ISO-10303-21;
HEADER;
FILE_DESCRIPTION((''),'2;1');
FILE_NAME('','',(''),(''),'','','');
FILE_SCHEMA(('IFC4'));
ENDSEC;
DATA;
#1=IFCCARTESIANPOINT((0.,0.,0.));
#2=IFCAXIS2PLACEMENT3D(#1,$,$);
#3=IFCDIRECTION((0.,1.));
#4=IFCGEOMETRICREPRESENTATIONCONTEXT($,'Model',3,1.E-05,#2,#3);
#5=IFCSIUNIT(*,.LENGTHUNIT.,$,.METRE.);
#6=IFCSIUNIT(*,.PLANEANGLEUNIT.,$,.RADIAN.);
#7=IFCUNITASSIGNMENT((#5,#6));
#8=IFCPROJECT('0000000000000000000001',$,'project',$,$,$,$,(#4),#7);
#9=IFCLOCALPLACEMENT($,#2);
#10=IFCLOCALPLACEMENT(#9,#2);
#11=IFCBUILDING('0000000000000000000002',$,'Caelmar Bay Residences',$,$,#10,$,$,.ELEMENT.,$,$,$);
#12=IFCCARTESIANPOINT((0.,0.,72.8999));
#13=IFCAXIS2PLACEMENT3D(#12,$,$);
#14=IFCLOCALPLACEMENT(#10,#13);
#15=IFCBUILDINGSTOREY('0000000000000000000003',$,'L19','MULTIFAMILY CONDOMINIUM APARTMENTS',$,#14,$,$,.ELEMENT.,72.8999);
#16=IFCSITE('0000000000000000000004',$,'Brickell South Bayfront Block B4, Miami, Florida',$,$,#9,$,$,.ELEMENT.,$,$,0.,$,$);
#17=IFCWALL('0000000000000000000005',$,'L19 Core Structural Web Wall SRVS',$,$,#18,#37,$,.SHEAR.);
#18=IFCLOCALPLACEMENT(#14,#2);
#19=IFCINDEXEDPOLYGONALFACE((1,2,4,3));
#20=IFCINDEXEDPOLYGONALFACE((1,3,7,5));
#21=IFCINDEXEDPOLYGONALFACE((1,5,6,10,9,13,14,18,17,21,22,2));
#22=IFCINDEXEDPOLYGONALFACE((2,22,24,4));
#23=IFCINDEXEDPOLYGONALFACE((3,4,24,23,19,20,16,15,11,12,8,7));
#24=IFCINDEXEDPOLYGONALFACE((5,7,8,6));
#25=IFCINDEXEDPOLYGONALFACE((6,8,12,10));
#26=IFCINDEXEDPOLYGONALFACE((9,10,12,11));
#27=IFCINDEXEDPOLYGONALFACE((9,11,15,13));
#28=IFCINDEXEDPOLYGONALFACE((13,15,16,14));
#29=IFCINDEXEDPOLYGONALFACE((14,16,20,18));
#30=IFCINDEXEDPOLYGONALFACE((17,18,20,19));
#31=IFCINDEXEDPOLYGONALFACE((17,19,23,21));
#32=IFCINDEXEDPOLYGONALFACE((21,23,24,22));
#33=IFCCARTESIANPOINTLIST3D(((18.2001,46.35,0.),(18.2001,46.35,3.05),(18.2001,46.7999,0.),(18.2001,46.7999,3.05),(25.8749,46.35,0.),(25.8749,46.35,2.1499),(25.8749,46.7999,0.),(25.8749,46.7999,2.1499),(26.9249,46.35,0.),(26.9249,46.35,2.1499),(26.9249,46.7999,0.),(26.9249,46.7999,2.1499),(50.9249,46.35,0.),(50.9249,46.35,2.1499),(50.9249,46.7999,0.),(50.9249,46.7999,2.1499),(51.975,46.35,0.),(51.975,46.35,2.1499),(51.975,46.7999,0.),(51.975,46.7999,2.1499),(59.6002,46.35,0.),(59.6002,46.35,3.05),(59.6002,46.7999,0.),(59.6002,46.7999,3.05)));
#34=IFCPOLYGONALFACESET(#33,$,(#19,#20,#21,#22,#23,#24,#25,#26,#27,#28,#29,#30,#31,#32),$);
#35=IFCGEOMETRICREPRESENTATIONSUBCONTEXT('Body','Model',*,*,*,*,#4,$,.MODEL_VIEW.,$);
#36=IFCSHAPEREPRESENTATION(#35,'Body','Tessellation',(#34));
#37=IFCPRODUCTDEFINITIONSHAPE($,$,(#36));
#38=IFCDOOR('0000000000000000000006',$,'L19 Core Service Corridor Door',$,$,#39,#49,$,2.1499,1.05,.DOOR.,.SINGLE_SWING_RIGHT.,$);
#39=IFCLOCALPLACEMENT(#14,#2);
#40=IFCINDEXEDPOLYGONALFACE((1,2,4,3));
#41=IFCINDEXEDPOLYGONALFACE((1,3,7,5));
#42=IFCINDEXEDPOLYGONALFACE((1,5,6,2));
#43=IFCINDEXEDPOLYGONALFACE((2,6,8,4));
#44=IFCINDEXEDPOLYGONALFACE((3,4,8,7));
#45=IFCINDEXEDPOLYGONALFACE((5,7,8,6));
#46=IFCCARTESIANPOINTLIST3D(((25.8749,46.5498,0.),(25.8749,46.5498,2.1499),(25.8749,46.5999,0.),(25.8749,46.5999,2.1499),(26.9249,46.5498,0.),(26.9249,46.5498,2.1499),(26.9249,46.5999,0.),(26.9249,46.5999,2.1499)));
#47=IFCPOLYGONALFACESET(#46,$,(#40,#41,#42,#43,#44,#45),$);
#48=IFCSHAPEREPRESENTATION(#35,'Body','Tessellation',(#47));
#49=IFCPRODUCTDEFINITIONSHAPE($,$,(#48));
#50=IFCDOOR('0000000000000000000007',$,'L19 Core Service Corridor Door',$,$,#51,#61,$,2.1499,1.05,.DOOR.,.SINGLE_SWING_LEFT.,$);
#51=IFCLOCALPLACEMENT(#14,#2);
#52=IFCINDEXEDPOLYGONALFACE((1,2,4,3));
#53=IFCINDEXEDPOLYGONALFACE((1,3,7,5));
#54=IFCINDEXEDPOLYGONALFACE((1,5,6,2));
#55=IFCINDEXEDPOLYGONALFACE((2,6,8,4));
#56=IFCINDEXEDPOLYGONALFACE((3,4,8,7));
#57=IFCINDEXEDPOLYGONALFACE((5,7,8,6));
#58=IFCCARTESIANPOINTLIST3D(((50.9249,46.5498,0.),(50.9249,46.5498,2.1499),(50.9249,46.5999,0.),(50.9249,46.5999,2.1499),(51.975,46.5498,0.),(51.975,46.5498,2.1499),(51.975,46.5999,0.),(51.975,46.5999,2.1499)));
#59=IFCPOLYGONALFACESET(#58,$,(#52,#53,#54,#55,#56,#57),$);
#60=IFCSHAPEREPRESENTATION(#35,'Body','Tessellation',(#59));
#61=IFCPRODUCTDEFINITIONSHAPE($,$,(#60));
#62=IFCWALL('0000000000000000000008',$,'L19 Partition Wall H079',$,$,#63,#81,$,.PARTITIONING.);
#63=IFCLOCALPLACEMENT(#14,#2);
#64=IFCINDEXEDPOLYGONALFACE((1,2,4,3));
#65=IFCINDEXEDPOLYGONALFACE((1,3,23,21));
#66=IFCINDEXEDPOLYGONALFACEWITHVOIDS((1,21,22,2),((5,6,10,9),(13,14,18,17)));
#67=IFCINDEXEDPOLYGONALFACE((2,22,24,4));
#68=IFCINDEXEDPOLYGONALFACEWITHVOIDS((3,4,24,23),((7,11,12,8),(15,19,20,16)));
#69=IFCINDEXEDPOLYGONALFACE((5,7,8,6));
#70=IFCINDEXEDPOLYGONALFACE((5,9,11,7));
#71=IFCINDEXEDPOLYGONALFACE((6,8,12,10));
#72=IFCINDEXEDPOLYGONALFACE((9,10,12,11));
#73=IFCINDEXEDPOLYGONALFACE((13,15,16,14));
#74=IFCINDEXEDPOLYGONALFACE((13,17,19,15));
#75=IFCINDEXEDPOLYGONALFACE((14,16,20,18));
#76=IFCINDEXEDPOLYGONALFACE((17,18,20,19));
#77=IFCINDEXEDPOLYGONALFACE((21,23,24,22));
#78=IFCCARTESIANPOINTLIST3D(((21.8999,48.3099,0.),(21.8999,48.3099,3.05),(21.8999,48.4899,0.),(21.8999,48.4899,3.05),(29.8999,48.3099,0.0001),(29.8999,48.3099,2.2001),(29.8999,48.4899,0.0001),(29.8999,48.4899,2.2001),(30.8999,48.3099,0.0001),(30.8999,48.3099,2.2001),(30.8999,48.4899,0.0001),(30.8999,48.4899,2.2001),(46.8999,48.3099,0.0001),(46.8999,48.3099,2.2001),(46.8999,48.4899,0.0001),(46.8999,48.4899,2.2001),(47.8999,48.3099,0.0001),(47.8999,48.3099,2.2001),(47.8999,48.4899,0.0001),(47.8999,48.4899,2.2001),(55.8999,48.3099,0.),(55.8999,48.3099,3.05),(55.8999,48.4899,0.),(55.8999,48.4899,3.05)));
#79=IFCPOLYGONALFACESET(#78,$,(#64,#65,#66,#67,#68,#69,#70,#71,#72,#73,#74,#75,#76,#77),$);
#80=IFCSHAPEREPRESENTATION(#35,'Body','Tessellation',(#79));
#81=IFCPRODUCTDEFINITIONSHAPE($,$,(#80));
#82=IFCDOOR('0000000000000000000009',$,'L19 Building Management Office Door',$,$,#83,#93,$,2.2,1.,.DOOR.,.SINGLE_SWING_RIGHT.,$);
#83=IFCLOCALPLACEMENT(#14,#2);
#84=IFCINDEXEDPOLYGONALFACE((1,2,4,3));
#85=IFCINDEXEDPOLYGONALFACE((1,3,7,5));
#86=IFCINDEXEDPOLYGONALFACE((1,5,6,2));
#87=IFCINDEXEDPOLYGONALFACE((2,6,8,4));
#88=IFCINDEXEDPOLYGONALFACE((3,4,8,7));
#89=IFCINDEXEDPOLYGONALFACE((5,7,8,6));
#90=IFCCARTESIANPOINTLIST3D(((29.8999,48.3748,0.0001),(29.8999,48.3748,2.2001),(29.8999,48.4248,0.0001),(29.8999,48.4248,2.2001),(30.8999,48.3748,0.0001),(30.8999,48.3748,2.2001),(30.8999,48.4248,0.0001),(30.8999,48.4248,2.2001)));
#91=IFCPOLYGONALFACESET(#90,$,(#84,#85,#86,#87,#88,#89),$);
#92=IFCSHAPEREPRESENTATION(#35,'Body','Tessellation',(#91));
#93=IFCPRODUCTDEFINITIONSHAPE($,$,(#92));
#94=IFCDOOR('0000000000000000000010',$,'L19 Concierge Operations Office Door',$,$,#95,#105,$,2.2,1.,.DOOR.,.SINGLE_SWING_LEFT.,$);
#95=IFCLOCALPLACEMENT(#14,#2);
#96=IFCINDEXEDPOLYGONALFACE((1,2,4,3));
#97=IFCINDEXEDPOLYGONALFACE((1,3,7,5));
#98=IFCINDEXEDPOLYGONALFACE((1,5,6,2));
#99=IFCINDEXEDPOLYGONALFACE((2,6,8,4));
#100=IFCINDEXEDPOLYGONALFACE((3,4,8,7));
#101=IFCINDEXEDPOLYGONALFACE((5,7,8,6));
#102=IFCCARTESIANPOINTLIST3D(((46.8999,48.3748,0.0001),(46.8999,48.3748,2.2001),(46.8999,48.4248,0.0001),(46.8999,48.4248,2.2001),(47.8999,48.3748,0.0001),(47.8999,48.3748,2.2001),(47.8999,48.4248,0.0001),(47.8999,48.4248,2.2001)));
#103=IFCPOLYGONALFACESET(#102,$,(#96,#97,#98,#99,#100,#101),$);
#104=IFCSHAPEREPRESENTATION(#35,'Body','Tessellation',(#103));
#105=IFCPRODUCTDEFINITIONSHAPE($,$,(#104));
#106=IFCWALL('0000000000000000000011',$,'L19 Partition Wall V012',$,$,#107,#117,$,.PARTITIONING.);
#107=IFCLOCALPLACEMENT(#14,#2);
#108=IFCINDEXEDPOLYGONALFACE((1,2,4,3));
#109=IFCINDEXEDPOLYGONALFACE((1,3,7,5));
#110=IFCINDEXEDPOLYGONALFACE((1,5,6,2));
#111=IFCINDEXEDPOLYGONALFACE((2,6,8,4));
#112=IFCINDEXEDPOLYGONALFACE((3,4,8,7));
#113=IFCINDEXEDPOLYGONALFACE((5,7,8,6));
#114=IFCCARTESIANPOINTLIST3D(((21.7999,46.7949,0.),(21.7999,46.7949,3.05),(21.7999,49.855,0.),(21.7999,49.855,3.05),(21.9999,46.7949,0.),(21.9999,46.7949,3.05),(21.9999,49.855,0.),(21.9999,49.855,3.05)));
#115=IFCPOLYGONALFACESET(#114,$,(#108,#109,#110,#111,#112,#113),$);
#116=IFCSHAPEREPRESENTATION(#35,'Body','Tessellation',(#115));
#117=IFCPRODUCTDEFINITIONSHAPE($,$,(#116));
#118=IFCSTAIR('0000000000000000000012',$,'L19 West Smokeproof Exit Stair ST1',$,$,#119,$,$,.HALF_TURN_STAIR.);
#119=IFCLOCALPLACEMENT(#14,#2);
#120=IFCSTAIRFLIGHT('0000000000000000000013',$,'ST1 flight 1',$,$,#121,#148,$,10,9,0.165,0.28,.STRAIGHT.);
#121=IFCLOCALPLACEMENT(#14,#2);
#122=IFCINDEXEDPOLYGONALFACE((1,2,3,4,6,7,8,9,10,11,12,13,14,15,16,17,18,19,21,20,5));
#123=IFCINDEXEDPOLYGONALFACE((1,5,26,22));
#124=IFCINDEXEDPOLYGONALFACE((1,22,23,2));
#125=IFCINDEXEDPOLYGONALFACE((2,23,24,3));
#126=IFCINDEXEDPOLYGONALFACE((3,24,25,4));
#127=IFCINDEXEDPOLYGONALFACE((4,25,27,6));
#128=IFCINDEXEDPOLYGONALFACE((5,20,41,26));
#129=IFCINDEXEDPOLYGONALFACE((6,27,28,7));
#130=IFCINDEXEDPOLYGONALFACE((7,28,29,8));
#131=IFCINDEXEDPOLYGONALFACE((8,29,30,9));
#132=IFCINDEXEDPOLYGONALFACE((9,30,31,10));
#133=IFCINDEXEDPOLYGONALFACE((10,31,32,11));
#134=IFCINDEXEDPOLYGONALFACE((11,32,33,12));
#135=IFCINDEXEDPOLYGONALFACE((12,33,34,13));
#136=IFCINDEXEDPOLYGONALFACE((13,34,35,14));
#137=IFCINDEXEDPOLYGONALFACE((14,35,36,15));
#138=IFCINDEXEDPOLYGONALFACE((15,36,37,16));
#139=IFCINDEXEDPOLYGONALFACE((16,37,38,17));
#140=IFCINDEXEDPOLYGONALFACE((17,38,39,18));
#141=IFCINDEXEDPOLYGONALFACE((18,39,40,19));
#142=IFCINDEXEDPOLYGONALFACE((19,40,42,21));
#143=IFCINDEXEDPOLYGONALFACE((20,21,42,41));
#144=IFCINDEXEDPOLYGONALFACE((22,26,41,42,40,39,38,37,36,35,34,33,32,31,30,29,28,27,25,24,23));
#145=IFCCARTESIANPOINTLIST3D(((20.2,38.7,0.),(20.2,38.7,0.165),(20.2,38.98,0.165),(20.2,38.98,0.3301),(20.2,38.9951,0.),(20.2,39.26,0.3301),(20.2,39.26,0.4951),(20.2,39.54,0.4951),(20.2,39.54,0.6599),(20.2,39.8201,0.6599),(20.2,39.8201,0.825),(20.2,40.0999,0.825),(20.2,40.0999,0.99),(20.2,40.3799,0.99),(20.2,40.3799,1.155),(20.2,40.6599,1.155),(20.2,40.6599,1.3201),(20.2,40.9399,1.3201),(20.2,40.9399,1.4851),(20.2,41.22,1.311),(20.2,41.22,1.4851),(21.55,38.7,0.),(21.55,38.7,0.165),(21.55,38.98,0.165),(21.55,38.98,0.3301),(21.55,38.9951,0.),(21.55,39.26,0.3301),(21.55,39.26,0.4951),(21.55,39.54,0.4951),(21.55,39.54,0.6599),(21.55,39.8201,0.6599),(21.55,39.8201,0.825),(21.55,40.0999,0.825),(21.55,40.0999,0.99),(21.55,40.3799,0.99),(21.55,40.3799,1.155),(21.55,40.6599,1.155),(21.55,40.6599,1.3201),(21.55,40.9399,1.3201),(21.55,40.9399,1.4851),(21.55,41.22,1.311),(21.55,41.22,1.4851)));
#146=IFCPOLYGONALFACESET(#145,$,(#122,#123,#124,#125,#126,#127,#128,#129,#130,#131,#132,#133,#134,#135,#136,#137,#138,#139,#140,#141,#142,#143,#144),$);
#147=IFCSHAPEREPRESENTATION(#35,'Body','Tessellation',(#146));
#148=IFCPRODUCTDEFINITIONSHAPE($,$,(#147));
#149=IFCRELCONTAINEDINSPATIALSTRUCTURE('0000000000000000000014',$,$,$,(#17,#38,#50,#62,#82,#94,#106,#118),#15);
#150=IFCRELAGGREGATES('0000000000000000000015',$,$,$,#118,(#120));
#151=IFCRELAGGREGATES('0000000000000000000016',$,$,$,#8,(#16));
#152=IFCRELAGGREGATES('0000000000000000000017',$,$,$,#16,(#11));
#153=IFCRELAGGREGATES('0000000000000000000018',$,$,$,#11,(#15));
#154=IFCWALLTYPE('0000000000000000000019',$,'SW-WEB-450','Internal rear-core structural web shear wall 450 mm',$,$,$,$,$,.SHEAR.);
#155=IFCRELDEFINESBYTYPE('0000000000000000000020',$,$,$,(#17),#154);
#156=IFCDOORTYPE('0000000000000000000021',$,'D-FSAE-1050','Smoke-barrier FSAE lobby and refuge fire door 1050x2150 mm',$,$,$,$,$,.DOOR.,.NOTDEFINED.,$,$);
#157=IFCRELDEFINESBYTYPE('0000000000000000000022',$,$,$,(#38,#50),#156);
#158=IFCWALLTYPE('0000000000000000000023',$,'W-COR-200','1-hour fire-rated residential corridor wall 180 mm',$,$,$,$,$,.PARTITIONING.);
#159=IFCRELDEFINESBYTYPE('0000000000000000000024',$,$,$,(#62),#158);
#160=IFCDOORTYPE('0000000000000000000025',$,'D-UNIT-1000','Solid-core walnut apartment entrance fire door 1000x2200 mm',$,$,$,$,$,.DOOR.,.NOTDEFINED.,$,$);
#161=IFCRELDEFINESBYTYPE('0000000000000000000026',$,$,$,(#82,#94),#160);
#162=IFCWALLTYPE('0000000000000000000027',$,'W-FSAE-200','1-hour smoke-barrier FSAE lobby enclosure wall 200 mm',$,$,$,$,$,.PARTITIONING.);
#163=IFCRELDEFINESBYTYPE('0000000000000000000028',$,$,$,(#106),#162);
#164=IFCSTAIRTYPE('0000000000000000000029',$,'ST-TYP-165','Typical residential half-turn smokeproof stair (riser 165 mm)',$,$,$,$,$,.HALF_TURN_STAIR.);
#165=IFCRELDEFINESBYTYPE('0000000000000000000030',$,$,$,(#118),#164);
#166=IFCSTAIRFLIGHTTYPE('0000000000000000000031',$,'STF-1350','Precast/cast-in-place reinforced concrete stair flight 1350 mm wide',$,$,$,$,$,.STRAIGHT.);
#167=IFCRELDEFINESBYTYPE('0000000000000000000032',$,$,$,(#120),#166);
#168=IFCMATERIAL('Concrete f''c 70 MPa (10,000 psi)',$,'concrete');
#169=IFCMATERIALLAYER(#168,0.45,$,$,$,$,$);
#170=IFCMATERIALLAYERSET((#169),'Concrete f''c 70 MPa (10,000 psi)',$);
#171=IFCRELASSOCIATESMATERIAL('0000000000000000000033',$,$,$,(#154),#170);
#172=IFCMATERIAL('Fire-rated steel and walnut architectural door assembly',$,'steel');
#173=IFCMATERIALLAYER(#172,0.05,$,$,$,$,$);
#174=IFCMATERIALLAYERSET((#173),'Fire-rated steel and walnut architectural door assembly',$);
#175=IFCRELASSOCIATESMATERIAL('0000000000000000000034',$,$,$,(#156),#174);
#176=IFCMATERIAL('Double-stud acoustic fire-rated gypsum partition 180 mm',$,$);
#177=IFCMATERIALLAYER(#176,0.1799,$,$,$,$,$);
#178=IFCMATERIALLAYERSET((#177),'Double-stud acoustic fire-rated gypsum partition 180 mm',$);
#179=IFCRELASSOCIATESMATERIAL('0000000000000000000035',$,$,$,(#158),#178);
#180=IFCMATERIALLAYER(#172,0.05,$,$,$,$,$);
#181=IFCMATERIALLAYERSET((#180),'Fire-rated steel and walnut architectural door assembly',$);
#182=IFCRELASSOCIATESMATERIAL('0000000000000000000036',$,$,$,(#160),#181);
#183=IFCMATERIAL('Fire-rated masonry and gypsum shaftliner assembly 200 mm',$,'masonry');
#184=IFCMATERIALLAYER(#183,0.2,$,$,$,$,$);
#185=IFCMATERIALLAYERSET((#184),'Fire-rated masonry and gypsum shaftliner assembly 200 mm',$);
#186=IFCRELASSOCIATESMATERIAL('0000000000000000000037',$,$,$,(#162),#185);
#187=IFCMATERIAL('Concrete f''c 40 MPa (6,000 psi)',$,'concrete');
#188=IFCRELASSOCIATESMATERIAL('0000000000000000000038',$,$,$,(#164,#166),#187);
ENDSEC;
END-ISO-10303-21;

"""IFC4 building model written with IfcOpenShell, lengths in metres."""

from ifc_helpers import new_model, si_unit, direction, frame, frame_2d, origin, place, context, subcontext, project, spatial, polyline, rectangle, outline, extrude, material, layer, layer_set, type_object, element, fill, aggregate, save


model = new_model("IFC4")

# Units and contexts
model_context = context("Model", 3, precision=1e-05, world=origin(), true_north=direction((0.0, 1.0)))
body_context = subcontext(model_context, "Body", "Model", "MODEL_VIEW")
ifc_project = project(units=[si_unit("LENGTHUNIT", "METRE"), si_unit("PLANEANGLEUNIT", "RADIAN")], contexts=[model_context])

# Site, building, storey
site_placement = place(None, origin())
site = spatial("IfcSite", under=ifc_project, at=site_placement, Name="Brickell South Bayfront Block B4, Miami, Florida", CompositionType="ELEMENT", RefElevation=0.0)
building_placement = place(site_placement, origin())
building = spatial("IfcBuilding", under=site, at=building_placement, Name="Caelmar Bay Residences", CompositionType="ELEMENT")
storey_placement = place(building_placement, frame((0.0, 0.0, 72.8999)))
storey = spatial("IfcBuildingStorey", under=building, at=storey_placement, Name="L19", Description="MULTIFAMILY CONDOMINIUM APARTMENTS", CompositionType="ELEMENT", Elevation=72.8999)

# Shared definitions
ifc_material_1 = material(Name="Concrete f'c 70 MPa (10,000 psi)", Category="concrete")

# Walls, openings, doors
ifc_layer_1 = layer(ifc_material_1, 0.45)
ifc_layer_set_1 = layer_set([ifc_layer_1], Name="Concrete f'c 70 MPa (10,000 psi)")
wall_type_1 = type_object("IfcWallType", Name="SW-WEB-450", Description="Internal rear-core structural web shear wall 450 mm", PredefinedType="SHEAR", material=ifc_layer_set_1)
ifc_material_2 = material(Name="Fire-rated steel and walnut architectural door assembly", Category="steel")
ifc_layer_2 = layer(ifc_material_2, 0.05)
ifc_layer_set_2 = layer_set([ifc_layer_2], Name="Fire-rated steel and walnut architectural door assembly")
door_type_1 = type_object("IfcDoorType", Name="D-FSAE-1050", Description="Smoke-barrier FSAE lobby and refuge fire door 1050x2150 mm", OperationType="NOTDEFINED", PredefinedType="DOOR", material=ifc_layer_set_2)
wall_1_placement = place(storey_placement, frame((18.2, 46.575, 0.0), z_axis=(0.0, 0.0, 1.0), x_axis=(1.0, 0.0, 0.0)))
wall_1 = element("IfcWall", 1, at=wall_1_placement, inside=storey, type_object=wall_type_1, Name="L19 Core Structural Web Wall SRVS", PredefinedType="SHEAR", context=body_context, shape_type="SweptSolid", body=[
    extrude(rectangle(XDim=41.4001, YDim=0.45, at=frame_2d((20.7002, 0.0))), origin(), (0.0, 0.0, 1.0), 3.05),
])
opening_1_placement = place(wall_1_placement, frame((7.675, 0.0, 0.0)))
opening_1 = element("IfcOpeningElement", 2, at=opening_1_placement, cuts=wall_1, PredefinedType="OPENING", context=body_context, shape_type="SweptSolid", body=[
    extrude(rectangle(XDim=1.05, YDim=2.1499, at=frame_2d((0.5249, 1.075))), frame((0.0, 0.2349, 0.0), z_axis=(0.0, -1.0, 0.0), x_axis=(1.0, 0.0, 0.0)), (0.0, 0.0, 1.0), 0.47),
])
opening_2_placement = place(wall_1_placement, frame((32.7251, 0.0, 0.0)))
opening_2 = element("IfcOpeningElement", 3, at=opening_2_placement, cuts=wall_1, PredefinedType="OPENING", context=body_context, shape_type="SweptSolid", body=[
    extrude(rectangle(XDim=1.05, YDim=2.1499, at=frame_2d((0.5249, 1.075))), frame((0.0, 0.2349, 0.0), z_axis=(0.0, -1.0, 0.0), x_axis=(1.0, 0.0, 0.0)), (0.0, 0.0, 1.0), 0.47),
])
door_1_placement = place(opening_1_placement, origin())
door_1 = element("IfcDoor", 4, at=door_1_placement, inside=storey, type_object=door_type_1, Name="L19 Core Service Corridor Door", OperationType="SINGLE_SWING_RIGHT", OverallHeight=2.1499, OverallWidth=1.05, PredefinedType="DOOR", context=body_context, shape_type="SweptSolid", body=[
    extrude(rectangle(XDim=1.05, YDim=2.1499, at=frame_2d((0.5249, 1.075))), frame((0.0, 0.0249, 0.0), z_axis=(0.0, -1.0, 0.0), x_axis=(1.0, 0.0, 0.0)), (0.0, 0.0, 1.0), 0.05),
])
fill(opening_1, door_1)
door_2_placement = place(opening_2_placement, origin())
door_2 = element("IfcDoor", 5, at=door_2_placement, inside=storey, type_object=door_type_1, Name="L19 Core Service Corridor Door", OperationType="SINGLE_SWING_LEFT", OverallHeight=2.1499, OverallWidth=1.05, PredefinedType="DOOR", context=body_context, shape_type="SweptSolid", body=[
    extrude(rectangle(XDim=1.05, YDim=2.1499, at=frame_2d((0.5249, 1.075))), frame((0.0, 0.0249, 0.0), z_axis=(0.0, -1.0, 0.0), x_axis=(1.0, 0.0, 0.0)), (0.0, 0.0, 1.0), 0.05),
])
fill(opening_2, door_2)
ifc_material_3 = material(Name="Double-stud acoustic fire-rated gypsum partition 180 mm")
ifc_layer_3 = layer(ifc_material_3, 0.1799)
ifc_layer_set_3 = layer_set([ifc_layer_3], Name="Double-stud acoustic fire-rated gypsum partition 180 mm")
wall_type_2 = type_object("IfcWallType", Name="W-COR-200", Description="1-hour fire-rated residential corridor wall 180 mm", PredefinedType="PARTITIONING", material=ifc_layer_set_3)
wall_2_placement = place(storey_placement, frame((21.8999, 48.3999, 0.0), z_axis=(0.0, 0.0, 1.0), x_axis=(1.0, 0.0, 0.0)))
wall_2 = element("IfcWall", 6, at=wall_2_placement, inside=storey, type_object=wall_type_2, Name="L19 Partition Wall H079", PredefinedType="PARTITIONING", context=body_context, shape_type="SweptSolid", body=[
    extrude(rectangle(XDim=34.0, YDim=0.1799, at=frame_2d((17.0, 0.0))), origin(), (0.0, 0.0, 1.0), 3.05),
])
opening_3_placement = place(wall_2_placement, frame((8.0, 0.0, 0.0)))
opening_3 = element("IfcOpeningElement", 7, at=opening_3_placement, cuts=wall_2, PredefinedType="OPENING", context=body_context, shape_type="SweptSolid", body=[
    extrude(rectangle(XDim=1.0, YDim=2.2, at=frame_2d((0.5, 1.1001))), frame((0.0, 0.0999, 0.0), z_axis=(0.0, -1.0, 0.0), x_axis=(1.0, 0.0, 0.0)), (0.0, 0.0, 1.0), 0.2),
])
opening_4_placement = place(wall_2_placement, frame((25.0, 0.0, 0.0)))
opening_4 = element("IfcOpeningElement", 8, at=opening_4_placement, cuts=wall_2, PredefinedType="OPENING", context=body_context, shape_type="SweptSolid", body=[
    extrude(rectangle(XDim=1.0, YDim=2.2, at=frame_2d((0.5, 1.1001))), frame((0.0, 0.0999, 0.0), z_axis=(0.0, -1.0, 0.0), x_axis=(1.0, 0.0, 0.0)), (0.0, 0.0, 1.0), 0.2),
])
ifc_layer_4 = layer(ifc_material_2, 0.05)
ifc_layer_set_4 = layer_set([ifc_layer_4], Name="Fire-rated steel and walnut architectural door assembly")
door_type_2 = type_object("IfcDoorType", Name="D-UNIT-1000", Description="Solid-core walnut apartment entrance fire door 1000x2200 mm", OperationType="NOTDEFINED", PredefinedType="DOOR", material=ifc_layer_set_4)
door_3_placement = place(opening_3_placement, origin())
door_3 = element("IfcDoor", 9, at=door_3_placement, inside=storey, type_object=door_type_2, Name="L19 Building Management Office Door", OperationType="SINGLE_SWING_RIGHT", OverallHeight=2.2, OverallWidth=1.0, PredefinedType="DOOR", context=body_context, shape_type="SweptSolid", body=[
    extrude(rectangle(XDim=1.0, YDim=2.2, at=frame_2d((0.5, 1.1001))), frame((0.0, 0.0249, 0.0), z_axis=(0.0, -1.0, 0.0), x_axis=(1.0, 0.0, 0.0)), (0.0, 0.0, 1.0), 0.05),
])
fill(opening_3, door_3)
door_4_placement = place(opening_4_placement, origin())
door_4 = element("IfcDoor", 10, at=door_4_placement, inside=storey, type_object=door_type_2, Name="L19 Concierge Operations Office Door", OperationType="SINGLE_SWING_LEFT", OverallHeight=2.2, OverallWidth=1.0, PredefinedType="DOOR", context=body_context, shape_type="SweptSolid", body=[
    extrude(rectangle(XDim=1.0, YDim=2.2, at=frame_2d((0.5, 1.1001))), frame((0.0, 0.0249, 0.0), z_axis=(0.0, -1.0, 0.0), x_axis=(1.0, 0.0, 0.0)), (0.0, 0.0, 1.0), 0.05),
])
fill(opening_4, door_4)

# Wall
ifc_material_4 = material(Name="Fire-rated masonry and gypsum shaftliner assembly 200 mm", Category="masonry")
ifc_layer_5 = layer(ifc_material_4, 0.2)
ifc_layer_set_5 = layer_set([ifc_layer_5], Name="Fire-rated masonry and gypsum shaftliner assembly 200 mm")
wall_type_3 = type_object("IfcWallType", Name="W-FSAE-200", Description="1-hour smoke-barrier FSAE lobby enclosure wall 200 mm", PredefinedType="PARTITIONING", material=ifc_layer_set_5)
wall_3_placement = place(storey_placement, frame((21.8999, 46.7949, 0.0), z_axis=(0.0, 0.0, 1.0), x_axis=(0.0, 1.0, 0.0)))
element("IfcWall", 11, at=wall_3_placement, inside=storey, type_object=wall_type_3, Name="L19 Partition Wall V012", PredefinedType="PARTITIONING", context=body_context, shape_type="SweptSolid", body=[
    extrude(rectangle(XDim=3.0601, YDim=0.2, at=frame_2d((1.53, 0.0))), origin(), (0.0, 0.0, 1.0), 3.05),
])

# Stair, stair flight
ifc_material_5 = material(Name="Concrete f'c 40 MPa (6,000 psi)", Category="concrete")
stair_type = type_object("IfcStairType", Name="ST-TYP-165", Description="Typical residential half-turn smokeproof stair (riser 165 mm)", PredefinedType="HALF_TURN_STAIR", material=ifc_material_5)
stair_placement = place(storey_placement, origin())
stair = element("IfcStair", 12, at=stair_placement, inside=storey, type_object=stair_type, Name="L19 West Smokeproof Exit Stair ST1", PredefinedType="HALF_TURN_STAIR")
stair_flight_type = type_object("IfcStairFlightType", Name="STF-1350", Description="Precast/cast-in-place reinforced concrete stair flight 1350 mm wide", PredefinedType="STRAIGHT", material=ifc_material_5)
stair_flight_1_placement = place(storey_placement, frame((20.875, 38.7, 0.0), z_axis=(0.0, 0.0, 1.0), x_axis=(0.0, 1.0, 0.0)))
stair_flight_1 = element("IfcStairFlight", 13, at=stair_flight_1_placement, type_object=stair_flight_type, Name="ST1 flight 1", NumberOfRisers=10, NumberOfTreads=9, PredefinedType="STRAIGHT", RiserHeight=0.165, TreadLength=0.28, context=body_context, shape_type="SweptSolid", body=[
    extrude(outline(polyline([(0.0, 0.0), (0.0, 0.165), (0.28, 0.165), (0.28, 0.3301), (0.5601, 0.3301), (0.5601, 0.4951), (0.8401, 0.4951), (0.8401, 0.6599), (1.1201, 0.6599), (1.1201, 0.825), (1.3999, 0.825), (1.3999, 0.99), (1.6799, 0.99), (1.6799, 1.155), (1.96, 1.155), (1.96, 1.3201), (2.24, 1.3201), (2.24, 1.4851), (2.52, 1.4851), (2.52, 1.6499), (2.52, 1.311), (0.2952, 0.0), (0.0, 0.0)])), frame((0.0, 0.675, 0.0), z_axis=(0.0, -1.0, 0.0), x_axis=(1.0, 0.0, 0.0)), (0.0, 0.0, 1.0), 1.3501),
])
aggregate(stair, [stair_flight_1])

save(model, "model.ifc")
